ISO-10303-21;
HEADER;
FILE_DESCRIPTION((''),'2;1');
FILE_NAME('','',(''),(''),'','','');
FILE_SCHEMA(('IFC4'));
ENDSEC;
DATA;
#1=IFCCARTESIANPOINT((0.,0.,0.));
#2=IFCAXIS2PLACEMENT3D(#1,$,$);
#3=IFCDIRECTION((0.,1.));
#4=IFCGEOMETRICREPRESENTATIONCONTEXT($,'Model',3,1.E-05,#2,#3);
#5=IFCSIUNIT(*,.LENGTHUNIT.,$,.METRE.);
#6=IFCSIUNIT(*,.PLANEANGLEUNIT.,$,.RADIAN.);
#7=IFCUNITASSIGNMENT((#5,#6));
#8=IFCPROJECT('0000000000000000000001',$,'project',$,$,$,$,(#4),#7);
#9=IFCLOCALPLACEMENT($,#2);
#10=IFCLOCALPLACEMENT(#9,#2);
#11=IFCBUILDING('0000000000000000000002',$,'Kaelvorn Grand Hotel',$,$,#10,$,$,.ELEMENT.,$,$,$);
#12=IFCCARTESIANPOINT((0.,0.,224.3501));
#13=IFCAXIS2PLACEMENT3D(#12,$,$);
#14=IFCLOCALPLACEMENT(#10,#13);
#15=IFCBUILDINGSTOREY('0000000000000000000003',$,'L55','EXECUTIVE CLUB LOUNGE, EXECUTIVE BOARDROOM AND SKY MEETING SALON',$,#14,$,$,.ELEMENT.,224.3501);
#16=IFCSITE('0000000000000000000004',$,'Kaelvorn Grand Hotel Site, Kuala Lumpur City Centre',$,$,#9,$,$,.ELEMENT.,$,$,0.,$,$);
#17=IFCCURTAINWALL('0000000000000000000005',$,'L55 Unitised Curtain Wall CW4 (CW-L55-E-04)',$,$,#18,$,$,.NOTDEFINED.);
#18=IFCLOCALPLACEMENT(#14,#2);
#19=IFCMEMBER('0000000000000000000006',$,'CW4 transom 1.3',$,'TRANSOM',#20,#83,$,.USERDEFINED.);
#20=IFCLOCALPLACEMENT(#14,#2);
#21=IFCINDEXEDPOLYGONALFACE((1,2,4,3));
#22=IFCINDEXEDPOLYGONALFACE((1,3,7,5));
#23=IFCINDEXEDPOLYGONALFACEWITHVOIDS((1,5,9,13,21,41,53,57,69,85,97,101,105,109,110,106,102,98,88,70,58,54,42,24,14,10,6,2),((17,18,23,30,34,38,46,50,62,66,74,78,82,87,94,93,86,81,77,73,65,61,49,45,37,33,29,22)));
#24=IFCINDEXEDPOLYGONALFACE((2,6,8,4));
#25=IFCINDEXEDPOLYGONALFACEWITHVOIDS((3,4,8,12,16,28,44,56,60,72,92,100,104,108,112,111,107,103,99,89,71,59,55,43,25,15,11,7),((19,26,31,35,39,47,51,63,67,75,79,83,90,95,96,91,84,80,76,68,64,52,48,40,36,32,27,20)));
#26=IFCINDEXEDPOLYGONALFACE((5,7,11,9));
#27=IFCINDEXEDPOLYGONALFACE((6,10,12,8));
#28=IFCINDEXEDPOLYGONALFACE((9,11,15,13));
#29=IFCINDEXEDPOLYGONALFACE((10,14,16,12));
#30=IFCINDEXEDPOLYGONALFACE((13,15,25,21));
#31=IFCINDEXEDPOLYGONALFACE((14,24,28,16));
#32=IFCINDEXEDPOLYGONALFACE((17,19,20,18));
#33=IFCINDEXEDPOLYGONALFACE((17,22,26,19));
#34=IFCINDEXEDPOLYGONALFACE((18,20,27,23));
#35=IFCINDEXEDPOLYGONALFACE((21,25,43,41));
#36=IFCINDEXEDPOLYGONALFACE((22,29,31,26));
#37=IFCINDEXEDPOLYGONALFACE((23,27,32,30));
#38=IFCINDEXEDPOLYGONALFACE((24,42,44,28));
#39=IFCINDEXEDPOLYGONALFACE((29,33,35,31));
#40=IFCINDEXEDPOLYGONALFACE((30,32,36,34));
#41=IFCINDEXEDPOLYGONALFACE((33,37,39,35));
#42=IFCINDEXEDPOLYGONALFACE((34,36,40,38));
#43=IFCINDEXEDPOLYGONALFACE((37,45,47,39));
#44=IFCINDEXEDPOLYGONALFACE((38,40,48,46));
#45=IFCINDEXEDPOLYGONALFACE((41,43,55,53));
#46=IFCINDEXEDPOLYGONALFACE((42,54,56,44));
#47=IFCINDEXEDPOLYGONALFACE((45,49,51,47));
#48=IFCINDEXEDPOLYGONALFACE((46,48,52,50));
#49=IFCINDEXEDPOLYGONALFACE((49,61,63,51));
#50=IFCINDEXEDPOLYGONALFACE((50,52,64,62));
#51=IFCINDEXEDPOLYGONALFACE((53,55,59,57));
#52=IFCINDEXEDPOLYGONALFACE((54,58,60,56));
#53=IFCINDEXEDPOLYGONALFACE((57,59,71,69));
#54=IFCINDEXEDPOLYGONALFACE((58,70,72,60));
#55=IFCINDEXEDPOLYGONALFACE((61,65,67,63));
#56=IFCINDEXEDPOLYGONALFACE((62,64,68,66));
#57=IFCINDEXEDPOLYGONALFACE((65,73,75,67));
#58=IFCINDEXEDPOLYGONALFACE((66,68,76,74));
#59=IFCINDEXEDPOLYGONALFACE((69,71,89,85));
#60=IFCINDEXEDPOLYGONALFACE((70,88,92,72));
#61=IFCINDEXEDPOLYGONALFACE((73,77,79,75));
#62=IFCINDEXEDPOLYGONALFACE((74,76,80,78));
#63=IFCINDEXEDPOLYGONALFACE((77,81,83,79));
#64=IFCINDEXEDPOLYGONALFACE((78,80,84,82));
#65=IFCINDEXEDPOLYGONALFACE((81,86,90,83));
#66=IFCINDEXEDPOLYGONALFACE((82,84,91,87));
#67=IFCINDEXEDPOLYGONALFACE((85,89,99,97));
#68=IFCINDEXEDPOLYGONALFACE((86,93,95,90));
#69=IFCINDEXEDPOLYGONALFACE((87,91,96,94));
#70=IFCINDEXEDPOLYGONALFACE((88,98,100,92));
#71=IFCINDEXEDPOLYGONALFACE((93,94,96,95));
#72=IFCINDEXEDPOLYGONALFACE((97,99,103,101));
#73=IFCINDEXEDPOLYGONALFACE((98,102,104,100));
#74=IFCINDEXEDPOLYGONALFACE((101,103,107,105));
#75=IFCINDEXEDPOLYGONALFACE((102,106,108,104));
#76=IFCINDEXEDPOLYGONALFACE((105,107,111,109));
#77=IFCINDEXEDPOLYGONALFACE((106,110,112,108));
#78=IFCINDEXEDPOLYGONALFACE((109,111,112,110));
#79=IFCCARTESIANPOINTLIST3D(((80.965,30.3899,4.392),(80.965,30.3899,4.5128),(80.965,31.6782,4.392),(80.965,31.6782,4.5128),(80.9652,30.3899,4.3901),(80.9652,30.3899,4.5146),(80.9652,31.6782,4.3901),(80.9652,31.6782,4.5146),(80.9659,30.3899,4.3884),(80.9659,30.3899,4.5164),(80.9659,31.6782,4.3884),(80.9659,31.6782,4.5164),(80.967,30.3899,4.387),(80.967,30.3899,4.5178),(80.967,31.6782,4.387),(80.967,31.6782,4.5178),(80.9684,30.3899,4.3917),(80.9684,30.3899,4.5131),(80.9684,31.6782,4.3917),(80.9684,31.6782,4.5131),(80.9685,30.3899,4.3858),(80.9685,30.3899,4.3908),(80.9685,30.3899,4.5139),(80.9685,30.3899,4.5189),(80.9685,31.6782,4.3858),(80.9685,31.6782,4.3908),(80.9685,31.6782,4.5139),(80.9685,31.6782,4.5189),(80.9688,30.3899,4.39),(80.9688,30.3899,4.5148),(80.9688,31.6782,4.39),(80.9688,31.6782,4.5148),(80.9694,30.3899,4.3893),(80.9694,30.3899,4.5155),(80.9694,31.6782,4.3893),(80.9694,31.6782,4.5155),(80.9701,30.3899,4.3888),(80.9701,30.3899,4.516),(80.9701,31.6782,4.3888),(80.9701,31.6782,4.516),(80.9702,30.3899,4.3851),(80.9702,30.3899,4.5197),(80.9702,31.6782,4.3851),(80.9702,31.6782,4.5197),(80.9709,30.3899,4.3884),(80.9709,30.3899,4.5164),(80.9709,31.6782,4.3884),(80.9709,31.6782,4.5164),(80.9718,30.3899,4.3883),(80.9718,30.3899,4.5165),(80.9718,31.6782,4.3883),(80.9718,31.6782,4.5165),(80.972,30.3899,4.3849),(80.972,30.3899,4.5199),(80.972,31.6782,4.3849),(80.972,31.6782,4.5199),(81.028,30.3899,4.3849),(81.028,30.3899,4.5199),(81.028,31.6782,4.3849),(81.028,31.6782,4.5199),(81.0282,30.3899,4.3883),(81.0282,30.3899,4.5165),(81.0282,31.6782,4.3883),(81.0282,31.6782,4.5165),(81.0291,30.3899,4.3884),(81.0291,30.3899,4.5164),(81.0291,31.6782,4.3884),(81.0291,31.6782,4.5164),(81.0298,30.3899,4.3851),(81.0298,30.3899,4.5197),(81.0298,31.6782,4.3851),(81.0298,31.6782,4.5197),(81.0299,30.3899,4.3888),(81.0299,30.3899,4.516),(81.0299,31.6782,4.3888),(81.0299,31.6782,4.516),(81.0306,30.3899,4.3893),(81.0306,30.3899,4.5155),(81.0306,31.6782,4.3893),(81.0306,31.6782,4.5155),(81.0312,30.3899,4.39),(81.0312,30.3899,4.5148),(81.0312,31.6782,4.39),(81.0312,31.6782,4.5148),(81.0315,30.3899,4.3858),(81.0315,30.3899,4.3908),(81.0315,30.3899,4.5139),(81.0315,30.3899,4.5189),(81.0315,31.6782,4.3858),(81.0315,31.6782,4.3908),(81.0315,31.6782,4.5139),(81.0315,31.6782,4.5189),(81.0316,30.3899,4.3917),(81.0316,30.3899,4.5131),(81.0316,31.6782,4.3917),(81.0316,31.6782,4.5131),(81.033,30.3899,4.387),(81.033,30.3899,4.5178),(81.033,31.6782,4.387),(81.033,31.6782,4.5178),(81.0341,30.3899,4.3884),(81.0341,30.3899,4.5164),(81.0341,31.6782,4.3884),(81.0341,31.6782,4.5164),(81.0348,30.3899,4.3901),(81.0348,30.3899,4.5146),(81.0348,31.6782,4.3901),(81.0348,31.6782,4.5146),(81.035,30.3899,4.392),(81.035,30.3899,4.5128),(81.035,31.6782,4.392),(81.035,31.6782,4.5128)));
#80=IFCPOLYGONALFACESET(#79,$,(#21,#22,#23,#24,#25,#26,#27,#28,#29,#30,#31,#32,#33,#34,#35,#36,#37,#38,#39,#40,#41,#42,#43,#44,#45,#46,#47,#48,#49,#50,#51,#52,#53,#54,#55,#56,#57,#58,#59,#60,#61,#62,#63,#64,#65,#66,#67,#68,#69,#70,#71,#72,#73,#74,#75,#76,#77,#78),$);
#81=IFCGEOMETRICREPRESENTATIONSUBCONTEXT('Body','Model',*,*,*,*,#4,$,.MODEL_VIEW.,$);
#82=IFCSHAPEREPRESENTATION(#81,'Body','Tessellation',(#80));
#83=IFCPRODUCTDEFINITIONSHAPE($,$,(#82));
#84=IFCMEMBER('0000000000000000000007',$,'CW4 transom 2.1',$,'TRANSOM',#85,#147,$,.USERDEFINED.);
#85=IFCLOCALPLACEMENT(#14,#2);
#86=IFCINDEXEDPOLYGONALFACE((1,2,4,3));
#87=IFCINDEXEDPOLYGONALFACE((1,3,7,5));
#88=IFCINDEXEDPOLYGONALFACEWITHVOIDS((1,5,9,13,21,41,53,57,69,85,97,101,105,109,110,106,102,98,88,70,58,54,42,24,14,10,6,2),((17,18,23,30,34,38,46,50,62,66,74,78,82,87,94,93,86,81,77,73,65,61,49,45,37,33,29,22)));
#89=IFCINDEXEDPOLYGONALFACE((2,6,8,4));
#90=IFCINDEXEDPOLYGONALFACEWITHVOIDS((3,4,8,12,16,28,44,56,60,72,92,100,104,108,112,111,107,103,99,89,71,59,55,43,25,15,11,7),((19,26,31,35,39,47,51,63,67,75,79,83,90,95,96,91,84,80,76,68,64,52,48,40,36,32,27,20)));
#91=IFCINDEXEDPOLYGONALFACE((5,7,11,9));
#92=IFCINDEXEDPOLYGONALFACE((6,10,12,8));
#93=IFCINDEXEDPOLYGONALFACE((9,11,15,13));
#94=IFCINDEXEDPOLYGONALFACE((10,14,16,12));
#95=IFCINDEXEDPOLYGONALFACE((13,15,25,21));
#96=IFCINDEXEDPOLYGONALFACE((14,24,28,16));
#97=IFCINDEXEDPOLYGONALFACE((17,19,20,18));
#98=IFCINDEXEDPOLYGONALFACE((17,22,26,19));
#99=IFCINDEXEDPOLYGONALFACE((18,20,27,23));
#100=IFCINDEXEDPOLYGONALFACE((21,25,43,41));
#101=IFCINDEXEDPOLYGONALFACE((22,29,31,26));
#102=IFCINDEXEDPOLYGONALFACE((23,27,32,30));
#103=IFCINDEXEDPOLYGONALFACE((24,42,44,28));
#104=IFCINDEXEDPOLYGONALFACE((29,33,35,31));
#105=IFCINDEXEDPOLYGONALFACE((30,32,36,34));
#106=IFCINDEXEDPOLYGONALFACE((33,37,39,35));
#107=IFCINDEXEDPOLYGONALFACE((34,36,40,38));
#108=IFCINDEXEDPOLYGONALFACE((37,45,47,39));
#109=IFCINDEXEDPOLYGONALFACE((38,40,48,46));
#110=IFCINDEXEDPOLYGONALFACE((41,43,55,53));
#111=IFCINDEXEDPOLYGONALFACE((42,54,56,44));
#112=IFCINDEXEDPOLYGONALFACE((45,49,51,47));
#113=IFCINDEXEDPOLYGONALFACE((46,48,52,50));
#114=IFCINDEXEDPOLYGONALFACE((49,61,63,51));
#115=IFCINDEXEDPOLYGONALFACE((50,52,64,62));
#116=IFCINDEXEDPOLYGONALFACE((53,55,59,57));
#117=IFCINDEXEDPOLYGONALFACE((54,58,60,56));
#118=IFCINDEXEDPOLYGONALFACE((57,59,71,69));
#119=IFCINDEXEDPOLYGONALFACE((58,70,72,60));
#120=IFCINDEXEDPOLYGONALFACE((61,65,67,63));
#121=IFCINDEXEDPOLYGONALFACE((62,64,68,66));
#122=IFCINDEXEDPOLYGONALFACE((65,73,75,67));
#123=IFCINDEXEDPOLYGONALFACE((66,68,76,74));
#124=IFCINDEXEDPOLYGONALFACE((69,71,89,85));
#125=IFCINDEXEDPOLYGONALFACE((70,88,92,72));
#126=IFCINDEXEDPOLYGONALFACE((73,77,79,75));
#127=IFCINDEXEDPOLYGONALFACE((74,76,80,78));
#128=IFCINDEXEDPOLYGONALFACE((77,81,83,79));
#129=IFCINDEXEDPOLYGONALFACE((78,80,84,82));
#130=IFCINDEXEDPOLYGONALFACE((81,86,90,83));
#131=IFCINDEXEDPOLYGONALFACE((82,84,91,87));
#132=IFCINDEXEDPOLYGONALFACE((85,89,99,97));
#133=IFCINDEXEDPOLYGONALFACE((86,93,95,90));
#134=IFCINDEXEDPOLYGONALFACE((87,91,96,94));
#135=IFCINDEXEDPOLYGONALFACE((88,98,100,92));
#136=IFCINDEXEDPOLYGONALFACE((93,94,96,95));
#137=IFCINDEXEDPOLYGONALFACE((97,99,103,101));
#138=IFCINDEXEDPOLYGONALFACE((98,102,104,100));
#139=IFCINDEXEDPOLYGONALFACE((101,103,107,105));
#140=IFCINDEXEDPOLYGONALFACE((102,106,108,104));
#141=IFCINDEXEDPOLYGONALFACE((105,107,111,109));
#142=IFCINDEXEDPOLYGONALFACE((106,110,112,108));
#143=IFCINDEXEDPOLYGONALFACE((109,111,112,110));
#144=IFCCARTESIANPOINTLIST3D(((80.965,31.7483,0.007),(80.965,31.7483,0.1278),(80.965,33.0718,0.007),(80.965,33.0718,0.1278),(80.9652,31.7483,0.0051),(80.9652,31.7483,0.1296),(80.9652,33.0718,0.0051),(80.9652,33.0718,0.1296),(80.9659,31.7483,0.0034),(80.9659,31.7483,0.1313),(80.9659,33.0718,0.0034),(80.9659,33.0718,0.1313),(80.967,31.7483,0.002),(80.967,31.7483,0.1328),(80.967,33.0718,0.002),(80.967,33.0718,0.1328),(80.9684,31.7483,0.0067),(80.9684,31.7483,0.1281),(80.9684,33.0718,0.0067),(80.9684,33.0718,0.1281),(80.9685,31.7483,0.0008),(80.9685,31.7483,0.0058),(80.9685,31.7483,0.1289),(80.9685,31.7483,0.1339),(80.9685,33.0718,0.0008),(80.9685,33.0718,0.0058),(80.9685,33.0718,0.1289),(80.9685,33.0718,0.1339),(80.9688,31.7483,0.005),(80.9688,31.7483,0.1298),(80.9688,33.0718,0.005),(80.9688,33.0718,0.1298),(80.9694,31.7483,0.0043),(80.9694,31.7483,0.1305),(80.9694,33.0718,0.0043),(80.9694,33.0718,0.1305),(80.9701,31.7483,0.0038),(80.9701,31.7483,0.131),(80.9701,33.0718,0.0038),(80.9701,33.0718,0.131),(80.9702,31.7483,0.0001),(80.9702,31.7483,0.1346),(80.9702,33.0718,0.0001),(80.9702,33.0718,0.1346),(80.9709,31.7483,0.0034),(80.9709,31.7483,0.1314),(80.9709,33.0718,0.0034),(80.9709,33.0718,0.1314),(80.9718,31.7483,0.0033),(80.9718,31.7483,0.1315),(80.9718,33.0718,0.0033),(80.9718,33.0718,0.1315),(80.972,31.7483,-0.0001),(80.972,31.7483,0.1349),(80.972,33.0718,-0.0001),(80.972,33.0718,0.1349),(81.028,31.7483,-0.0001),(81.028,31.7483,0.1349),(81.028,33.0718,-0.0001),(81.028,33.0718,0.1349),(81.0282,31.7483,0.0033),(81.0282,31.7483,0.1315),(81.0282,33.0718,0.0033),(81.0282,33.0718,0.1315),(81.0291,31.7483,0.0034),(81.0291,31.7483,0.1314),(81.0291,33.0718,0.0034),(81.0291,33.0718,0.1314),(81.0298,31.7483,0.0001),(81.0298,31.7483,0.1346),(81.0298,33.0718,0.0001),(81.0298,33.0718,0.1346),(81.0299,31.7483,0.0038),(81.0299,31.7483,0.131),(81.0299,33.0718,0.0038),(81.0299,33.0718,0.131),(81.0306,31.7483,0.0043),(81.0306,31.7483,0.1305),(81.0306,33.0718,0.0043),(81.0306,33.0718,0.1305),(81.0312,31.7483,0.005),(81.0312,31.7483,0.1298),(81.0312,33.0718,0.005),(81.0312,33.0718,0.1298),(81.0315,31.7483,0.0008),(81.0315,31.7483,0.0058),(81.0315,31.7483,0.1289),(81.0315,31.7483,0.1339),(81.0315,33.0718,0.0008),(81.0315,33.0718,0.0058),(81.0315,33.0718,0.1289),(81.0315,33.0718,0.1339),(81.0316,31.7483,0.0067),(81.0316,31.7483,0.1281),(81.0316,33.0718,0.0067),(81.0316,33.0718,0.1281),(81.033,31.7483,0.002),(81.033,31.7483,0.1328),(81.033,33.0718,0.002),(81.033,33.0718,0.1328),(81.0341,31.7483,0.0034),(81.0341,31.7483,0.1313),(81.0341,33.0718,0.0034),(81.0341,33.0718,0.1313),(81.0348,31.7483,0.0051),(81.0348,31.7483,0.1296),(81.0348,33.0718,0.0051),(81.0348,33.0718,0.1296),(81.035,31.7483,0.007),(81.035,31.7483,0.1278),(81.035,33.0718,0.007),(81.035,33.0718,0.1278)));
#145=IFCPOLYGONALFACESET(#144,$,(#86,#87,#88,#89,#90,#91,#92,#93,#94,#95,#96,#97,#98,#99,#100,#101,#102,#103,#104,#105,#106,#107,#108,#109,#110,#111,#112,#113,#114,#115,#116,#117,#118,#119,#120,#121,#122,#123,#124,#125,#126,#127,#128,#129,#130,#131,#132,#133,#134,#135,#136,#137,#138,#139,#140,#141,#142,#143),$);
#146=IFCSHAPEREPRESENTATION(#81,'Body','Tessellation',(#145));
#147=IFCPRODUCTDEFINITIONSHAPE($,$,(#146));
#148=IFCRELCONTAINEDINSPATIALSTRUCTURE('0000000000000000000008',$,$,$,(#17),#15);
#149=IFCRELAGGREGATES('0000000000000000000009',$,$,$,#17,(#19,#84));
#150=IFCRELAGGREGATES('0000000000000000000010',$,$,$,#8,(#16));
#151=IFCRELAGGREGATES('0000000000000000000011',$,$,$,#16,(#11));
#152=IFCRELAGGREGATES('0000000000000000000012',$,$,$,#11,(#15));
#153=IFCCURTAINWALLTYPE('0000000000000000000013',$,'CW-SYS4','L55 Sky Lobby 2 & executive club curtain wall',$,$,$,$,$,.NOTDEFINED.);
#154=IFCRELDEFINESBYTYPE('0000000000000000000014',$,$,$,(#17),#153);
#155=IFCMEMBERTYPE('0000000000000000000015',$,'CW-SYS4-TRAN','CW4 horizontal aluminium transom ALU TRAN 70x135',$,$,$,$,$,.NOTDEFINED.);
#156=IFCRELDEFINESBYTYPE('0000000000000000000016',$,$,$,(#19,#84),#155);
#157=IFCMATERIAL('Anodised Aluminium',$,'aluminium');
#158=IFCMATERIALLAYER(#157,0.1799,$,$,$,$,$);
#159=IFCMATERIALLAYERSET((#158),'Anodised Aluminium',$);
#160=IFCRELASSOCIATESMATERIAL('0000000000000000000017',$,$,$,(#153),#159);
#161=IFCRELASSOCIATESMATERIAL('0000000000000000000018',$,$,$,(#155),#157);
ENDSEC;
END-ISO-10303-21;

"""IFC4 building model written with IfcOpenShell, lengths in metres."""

from ifc_helpers import new_model, si_unit, direction, frame, origin, origin_2d, place, context, subcontext, project, spatial, hollow_rectangle, extrude, material, layer, layer_set, material_profile, profile_set, type_object, element, aggregate, save


model = new_model("IFC4")

# Units and contexts
model_context = context("Model", 3, precision=1e-05, world=origin(), true_north=direction((0.0, 1.0)))
body_context = subcontext(model_context, "Body", "Model", "MODEL_VIEW")
ifc_project = project(units=[si_unit("LENGTHUNIT", "METRE"), si_unit("PLANEANGLEUNIT", "RADIAN")], contexts=[model_context])

# Site, building, storey
site_placement = place(None, origin())
site = spatial("IfcSite", under=ifc_project, at=site_placement, Name="Kaelvorn Grand Hotel Site, Kuala Lumpur City Centre", CompositionType="ELEMENT", RefElevation=0.0)
building_placement = place(site_placement, origin())
building = spatial("IfcBuilding", under=site, at=building_placement, Name="Kaelvorn Grand Hotel", CompositionType="ELEMENT")
storey_placement = place(building_placement, frame((0.0, 0.0, 224.3501)))
storey = spatial("IfcBuildingStorey", under=building, at=storey_placement, Name="L55", Description="EXECUTIVE CLUB LOUNGE, EXECUTIVE BOARDROOM AND SKY MEETING SALON", CompositionType="ELEMENT", Elevation=224.3501)

# Shared definitions
ifc_material_1 = material(Name="Anodised Aluminium", Category="aluminium")
ifc_layer_1 = layer(ifc_material_1, 0.1799)
ifc_layer_set_1 = layer_set([ifc_layer_1], Name="Anodised Aluminium")
curtain_wall_type = type_object("IfcCurtainWallType", Name="CW-SYS4", Description="L55 Sky Lobby 2 & executive club curtain wall", PredefinedType="NOTDEFINED", material=ifc_layer_set_1)

# Curtain wall
curtain_wall_1_placement = place(storey_placement, origin())
curtain_wall_1 = element("IfcCurtainWall", 1, at=curtain_wall_1_placement, inside=storey, type_object=curtain_wall_type, Name="L55 Unitised Curtain Wall CW4 (CW-L55-E-04)", PredefinedType="NOTDEFINED")

# Members
ifc_material_profile_1 = material_profile(ifc_material_1, hollow_rectangle(XDim=0.0701, YDim=0.135, WallThickness=0.0034, InnerFilletRadius=0.0034, OuterFilletRadius=0.0071, at=origin_2d()), Name="ALU TRAN 70x135")
ifc_profile_set_1 = profile_set([ifc_material_profile_1], Name="Anodised Aluminium")
member_type_1 = type_object("IfcMemberType", Name="CW-SYS4-TRAN", Description="CW4 horizontal aluminium transom ALU TRAN 70x135", PredefinedType="NOTDEFINED", material=ifc_profile_set_1)
member_1_placement = place(storey_placement, frame((81.0, 30.3899, 4.4524), z_axis=(0.0, 1.0, 0.0), x_axis=(-1.0, 0.0, 0.0)))
member_1 = element("IfcMember", 2, at=member_1_placement, type_object=member_type_1, Name="CW4 transom 1.3", ObjectType="TRANSOM", PredefinedType="USERDEFINED", context=body_context, shape_type="SweptSolid", body=[
    extrude(hollow_rectangle(XDim=0.0701, YDim=0.135, WallThickness=0.0034, InnerFilletRadius=0.0034, OuterFilletRadius=0.0071, at=origin_2d()), origin(), (0.0, 0.0, 1.0), 1.2883),
])
member_2_placement = place(storey_placement, frame((81.0, 31.7483, 0.0674), z_axis=(0.0, 1.0, 0.0), x_axis=(-1.0, 0.0, 0.0)))
member_2 = element("IfcMember", 3, at=member_2_placement, type_object=member_type_1, Name="CW4 transom 2.1", ObjectType="TRANSOM", PredefinedType="USERDEFINED", context=body_context, shape_type="SweptSolid", body=[
    extrude(hollow_rectangle(XDim=0.0701, YDim=0.135, WallThickness=0.0034, InnerFilletRadius=0.0034, OuterFilletRadius=0.0071, at=origin_2d()), origin(), (0.0, 0.0, 1.0), 1.3235),
])

aggregate(curtain_wall_1, [member_1, member_2])

save(model, "model.ifc")
